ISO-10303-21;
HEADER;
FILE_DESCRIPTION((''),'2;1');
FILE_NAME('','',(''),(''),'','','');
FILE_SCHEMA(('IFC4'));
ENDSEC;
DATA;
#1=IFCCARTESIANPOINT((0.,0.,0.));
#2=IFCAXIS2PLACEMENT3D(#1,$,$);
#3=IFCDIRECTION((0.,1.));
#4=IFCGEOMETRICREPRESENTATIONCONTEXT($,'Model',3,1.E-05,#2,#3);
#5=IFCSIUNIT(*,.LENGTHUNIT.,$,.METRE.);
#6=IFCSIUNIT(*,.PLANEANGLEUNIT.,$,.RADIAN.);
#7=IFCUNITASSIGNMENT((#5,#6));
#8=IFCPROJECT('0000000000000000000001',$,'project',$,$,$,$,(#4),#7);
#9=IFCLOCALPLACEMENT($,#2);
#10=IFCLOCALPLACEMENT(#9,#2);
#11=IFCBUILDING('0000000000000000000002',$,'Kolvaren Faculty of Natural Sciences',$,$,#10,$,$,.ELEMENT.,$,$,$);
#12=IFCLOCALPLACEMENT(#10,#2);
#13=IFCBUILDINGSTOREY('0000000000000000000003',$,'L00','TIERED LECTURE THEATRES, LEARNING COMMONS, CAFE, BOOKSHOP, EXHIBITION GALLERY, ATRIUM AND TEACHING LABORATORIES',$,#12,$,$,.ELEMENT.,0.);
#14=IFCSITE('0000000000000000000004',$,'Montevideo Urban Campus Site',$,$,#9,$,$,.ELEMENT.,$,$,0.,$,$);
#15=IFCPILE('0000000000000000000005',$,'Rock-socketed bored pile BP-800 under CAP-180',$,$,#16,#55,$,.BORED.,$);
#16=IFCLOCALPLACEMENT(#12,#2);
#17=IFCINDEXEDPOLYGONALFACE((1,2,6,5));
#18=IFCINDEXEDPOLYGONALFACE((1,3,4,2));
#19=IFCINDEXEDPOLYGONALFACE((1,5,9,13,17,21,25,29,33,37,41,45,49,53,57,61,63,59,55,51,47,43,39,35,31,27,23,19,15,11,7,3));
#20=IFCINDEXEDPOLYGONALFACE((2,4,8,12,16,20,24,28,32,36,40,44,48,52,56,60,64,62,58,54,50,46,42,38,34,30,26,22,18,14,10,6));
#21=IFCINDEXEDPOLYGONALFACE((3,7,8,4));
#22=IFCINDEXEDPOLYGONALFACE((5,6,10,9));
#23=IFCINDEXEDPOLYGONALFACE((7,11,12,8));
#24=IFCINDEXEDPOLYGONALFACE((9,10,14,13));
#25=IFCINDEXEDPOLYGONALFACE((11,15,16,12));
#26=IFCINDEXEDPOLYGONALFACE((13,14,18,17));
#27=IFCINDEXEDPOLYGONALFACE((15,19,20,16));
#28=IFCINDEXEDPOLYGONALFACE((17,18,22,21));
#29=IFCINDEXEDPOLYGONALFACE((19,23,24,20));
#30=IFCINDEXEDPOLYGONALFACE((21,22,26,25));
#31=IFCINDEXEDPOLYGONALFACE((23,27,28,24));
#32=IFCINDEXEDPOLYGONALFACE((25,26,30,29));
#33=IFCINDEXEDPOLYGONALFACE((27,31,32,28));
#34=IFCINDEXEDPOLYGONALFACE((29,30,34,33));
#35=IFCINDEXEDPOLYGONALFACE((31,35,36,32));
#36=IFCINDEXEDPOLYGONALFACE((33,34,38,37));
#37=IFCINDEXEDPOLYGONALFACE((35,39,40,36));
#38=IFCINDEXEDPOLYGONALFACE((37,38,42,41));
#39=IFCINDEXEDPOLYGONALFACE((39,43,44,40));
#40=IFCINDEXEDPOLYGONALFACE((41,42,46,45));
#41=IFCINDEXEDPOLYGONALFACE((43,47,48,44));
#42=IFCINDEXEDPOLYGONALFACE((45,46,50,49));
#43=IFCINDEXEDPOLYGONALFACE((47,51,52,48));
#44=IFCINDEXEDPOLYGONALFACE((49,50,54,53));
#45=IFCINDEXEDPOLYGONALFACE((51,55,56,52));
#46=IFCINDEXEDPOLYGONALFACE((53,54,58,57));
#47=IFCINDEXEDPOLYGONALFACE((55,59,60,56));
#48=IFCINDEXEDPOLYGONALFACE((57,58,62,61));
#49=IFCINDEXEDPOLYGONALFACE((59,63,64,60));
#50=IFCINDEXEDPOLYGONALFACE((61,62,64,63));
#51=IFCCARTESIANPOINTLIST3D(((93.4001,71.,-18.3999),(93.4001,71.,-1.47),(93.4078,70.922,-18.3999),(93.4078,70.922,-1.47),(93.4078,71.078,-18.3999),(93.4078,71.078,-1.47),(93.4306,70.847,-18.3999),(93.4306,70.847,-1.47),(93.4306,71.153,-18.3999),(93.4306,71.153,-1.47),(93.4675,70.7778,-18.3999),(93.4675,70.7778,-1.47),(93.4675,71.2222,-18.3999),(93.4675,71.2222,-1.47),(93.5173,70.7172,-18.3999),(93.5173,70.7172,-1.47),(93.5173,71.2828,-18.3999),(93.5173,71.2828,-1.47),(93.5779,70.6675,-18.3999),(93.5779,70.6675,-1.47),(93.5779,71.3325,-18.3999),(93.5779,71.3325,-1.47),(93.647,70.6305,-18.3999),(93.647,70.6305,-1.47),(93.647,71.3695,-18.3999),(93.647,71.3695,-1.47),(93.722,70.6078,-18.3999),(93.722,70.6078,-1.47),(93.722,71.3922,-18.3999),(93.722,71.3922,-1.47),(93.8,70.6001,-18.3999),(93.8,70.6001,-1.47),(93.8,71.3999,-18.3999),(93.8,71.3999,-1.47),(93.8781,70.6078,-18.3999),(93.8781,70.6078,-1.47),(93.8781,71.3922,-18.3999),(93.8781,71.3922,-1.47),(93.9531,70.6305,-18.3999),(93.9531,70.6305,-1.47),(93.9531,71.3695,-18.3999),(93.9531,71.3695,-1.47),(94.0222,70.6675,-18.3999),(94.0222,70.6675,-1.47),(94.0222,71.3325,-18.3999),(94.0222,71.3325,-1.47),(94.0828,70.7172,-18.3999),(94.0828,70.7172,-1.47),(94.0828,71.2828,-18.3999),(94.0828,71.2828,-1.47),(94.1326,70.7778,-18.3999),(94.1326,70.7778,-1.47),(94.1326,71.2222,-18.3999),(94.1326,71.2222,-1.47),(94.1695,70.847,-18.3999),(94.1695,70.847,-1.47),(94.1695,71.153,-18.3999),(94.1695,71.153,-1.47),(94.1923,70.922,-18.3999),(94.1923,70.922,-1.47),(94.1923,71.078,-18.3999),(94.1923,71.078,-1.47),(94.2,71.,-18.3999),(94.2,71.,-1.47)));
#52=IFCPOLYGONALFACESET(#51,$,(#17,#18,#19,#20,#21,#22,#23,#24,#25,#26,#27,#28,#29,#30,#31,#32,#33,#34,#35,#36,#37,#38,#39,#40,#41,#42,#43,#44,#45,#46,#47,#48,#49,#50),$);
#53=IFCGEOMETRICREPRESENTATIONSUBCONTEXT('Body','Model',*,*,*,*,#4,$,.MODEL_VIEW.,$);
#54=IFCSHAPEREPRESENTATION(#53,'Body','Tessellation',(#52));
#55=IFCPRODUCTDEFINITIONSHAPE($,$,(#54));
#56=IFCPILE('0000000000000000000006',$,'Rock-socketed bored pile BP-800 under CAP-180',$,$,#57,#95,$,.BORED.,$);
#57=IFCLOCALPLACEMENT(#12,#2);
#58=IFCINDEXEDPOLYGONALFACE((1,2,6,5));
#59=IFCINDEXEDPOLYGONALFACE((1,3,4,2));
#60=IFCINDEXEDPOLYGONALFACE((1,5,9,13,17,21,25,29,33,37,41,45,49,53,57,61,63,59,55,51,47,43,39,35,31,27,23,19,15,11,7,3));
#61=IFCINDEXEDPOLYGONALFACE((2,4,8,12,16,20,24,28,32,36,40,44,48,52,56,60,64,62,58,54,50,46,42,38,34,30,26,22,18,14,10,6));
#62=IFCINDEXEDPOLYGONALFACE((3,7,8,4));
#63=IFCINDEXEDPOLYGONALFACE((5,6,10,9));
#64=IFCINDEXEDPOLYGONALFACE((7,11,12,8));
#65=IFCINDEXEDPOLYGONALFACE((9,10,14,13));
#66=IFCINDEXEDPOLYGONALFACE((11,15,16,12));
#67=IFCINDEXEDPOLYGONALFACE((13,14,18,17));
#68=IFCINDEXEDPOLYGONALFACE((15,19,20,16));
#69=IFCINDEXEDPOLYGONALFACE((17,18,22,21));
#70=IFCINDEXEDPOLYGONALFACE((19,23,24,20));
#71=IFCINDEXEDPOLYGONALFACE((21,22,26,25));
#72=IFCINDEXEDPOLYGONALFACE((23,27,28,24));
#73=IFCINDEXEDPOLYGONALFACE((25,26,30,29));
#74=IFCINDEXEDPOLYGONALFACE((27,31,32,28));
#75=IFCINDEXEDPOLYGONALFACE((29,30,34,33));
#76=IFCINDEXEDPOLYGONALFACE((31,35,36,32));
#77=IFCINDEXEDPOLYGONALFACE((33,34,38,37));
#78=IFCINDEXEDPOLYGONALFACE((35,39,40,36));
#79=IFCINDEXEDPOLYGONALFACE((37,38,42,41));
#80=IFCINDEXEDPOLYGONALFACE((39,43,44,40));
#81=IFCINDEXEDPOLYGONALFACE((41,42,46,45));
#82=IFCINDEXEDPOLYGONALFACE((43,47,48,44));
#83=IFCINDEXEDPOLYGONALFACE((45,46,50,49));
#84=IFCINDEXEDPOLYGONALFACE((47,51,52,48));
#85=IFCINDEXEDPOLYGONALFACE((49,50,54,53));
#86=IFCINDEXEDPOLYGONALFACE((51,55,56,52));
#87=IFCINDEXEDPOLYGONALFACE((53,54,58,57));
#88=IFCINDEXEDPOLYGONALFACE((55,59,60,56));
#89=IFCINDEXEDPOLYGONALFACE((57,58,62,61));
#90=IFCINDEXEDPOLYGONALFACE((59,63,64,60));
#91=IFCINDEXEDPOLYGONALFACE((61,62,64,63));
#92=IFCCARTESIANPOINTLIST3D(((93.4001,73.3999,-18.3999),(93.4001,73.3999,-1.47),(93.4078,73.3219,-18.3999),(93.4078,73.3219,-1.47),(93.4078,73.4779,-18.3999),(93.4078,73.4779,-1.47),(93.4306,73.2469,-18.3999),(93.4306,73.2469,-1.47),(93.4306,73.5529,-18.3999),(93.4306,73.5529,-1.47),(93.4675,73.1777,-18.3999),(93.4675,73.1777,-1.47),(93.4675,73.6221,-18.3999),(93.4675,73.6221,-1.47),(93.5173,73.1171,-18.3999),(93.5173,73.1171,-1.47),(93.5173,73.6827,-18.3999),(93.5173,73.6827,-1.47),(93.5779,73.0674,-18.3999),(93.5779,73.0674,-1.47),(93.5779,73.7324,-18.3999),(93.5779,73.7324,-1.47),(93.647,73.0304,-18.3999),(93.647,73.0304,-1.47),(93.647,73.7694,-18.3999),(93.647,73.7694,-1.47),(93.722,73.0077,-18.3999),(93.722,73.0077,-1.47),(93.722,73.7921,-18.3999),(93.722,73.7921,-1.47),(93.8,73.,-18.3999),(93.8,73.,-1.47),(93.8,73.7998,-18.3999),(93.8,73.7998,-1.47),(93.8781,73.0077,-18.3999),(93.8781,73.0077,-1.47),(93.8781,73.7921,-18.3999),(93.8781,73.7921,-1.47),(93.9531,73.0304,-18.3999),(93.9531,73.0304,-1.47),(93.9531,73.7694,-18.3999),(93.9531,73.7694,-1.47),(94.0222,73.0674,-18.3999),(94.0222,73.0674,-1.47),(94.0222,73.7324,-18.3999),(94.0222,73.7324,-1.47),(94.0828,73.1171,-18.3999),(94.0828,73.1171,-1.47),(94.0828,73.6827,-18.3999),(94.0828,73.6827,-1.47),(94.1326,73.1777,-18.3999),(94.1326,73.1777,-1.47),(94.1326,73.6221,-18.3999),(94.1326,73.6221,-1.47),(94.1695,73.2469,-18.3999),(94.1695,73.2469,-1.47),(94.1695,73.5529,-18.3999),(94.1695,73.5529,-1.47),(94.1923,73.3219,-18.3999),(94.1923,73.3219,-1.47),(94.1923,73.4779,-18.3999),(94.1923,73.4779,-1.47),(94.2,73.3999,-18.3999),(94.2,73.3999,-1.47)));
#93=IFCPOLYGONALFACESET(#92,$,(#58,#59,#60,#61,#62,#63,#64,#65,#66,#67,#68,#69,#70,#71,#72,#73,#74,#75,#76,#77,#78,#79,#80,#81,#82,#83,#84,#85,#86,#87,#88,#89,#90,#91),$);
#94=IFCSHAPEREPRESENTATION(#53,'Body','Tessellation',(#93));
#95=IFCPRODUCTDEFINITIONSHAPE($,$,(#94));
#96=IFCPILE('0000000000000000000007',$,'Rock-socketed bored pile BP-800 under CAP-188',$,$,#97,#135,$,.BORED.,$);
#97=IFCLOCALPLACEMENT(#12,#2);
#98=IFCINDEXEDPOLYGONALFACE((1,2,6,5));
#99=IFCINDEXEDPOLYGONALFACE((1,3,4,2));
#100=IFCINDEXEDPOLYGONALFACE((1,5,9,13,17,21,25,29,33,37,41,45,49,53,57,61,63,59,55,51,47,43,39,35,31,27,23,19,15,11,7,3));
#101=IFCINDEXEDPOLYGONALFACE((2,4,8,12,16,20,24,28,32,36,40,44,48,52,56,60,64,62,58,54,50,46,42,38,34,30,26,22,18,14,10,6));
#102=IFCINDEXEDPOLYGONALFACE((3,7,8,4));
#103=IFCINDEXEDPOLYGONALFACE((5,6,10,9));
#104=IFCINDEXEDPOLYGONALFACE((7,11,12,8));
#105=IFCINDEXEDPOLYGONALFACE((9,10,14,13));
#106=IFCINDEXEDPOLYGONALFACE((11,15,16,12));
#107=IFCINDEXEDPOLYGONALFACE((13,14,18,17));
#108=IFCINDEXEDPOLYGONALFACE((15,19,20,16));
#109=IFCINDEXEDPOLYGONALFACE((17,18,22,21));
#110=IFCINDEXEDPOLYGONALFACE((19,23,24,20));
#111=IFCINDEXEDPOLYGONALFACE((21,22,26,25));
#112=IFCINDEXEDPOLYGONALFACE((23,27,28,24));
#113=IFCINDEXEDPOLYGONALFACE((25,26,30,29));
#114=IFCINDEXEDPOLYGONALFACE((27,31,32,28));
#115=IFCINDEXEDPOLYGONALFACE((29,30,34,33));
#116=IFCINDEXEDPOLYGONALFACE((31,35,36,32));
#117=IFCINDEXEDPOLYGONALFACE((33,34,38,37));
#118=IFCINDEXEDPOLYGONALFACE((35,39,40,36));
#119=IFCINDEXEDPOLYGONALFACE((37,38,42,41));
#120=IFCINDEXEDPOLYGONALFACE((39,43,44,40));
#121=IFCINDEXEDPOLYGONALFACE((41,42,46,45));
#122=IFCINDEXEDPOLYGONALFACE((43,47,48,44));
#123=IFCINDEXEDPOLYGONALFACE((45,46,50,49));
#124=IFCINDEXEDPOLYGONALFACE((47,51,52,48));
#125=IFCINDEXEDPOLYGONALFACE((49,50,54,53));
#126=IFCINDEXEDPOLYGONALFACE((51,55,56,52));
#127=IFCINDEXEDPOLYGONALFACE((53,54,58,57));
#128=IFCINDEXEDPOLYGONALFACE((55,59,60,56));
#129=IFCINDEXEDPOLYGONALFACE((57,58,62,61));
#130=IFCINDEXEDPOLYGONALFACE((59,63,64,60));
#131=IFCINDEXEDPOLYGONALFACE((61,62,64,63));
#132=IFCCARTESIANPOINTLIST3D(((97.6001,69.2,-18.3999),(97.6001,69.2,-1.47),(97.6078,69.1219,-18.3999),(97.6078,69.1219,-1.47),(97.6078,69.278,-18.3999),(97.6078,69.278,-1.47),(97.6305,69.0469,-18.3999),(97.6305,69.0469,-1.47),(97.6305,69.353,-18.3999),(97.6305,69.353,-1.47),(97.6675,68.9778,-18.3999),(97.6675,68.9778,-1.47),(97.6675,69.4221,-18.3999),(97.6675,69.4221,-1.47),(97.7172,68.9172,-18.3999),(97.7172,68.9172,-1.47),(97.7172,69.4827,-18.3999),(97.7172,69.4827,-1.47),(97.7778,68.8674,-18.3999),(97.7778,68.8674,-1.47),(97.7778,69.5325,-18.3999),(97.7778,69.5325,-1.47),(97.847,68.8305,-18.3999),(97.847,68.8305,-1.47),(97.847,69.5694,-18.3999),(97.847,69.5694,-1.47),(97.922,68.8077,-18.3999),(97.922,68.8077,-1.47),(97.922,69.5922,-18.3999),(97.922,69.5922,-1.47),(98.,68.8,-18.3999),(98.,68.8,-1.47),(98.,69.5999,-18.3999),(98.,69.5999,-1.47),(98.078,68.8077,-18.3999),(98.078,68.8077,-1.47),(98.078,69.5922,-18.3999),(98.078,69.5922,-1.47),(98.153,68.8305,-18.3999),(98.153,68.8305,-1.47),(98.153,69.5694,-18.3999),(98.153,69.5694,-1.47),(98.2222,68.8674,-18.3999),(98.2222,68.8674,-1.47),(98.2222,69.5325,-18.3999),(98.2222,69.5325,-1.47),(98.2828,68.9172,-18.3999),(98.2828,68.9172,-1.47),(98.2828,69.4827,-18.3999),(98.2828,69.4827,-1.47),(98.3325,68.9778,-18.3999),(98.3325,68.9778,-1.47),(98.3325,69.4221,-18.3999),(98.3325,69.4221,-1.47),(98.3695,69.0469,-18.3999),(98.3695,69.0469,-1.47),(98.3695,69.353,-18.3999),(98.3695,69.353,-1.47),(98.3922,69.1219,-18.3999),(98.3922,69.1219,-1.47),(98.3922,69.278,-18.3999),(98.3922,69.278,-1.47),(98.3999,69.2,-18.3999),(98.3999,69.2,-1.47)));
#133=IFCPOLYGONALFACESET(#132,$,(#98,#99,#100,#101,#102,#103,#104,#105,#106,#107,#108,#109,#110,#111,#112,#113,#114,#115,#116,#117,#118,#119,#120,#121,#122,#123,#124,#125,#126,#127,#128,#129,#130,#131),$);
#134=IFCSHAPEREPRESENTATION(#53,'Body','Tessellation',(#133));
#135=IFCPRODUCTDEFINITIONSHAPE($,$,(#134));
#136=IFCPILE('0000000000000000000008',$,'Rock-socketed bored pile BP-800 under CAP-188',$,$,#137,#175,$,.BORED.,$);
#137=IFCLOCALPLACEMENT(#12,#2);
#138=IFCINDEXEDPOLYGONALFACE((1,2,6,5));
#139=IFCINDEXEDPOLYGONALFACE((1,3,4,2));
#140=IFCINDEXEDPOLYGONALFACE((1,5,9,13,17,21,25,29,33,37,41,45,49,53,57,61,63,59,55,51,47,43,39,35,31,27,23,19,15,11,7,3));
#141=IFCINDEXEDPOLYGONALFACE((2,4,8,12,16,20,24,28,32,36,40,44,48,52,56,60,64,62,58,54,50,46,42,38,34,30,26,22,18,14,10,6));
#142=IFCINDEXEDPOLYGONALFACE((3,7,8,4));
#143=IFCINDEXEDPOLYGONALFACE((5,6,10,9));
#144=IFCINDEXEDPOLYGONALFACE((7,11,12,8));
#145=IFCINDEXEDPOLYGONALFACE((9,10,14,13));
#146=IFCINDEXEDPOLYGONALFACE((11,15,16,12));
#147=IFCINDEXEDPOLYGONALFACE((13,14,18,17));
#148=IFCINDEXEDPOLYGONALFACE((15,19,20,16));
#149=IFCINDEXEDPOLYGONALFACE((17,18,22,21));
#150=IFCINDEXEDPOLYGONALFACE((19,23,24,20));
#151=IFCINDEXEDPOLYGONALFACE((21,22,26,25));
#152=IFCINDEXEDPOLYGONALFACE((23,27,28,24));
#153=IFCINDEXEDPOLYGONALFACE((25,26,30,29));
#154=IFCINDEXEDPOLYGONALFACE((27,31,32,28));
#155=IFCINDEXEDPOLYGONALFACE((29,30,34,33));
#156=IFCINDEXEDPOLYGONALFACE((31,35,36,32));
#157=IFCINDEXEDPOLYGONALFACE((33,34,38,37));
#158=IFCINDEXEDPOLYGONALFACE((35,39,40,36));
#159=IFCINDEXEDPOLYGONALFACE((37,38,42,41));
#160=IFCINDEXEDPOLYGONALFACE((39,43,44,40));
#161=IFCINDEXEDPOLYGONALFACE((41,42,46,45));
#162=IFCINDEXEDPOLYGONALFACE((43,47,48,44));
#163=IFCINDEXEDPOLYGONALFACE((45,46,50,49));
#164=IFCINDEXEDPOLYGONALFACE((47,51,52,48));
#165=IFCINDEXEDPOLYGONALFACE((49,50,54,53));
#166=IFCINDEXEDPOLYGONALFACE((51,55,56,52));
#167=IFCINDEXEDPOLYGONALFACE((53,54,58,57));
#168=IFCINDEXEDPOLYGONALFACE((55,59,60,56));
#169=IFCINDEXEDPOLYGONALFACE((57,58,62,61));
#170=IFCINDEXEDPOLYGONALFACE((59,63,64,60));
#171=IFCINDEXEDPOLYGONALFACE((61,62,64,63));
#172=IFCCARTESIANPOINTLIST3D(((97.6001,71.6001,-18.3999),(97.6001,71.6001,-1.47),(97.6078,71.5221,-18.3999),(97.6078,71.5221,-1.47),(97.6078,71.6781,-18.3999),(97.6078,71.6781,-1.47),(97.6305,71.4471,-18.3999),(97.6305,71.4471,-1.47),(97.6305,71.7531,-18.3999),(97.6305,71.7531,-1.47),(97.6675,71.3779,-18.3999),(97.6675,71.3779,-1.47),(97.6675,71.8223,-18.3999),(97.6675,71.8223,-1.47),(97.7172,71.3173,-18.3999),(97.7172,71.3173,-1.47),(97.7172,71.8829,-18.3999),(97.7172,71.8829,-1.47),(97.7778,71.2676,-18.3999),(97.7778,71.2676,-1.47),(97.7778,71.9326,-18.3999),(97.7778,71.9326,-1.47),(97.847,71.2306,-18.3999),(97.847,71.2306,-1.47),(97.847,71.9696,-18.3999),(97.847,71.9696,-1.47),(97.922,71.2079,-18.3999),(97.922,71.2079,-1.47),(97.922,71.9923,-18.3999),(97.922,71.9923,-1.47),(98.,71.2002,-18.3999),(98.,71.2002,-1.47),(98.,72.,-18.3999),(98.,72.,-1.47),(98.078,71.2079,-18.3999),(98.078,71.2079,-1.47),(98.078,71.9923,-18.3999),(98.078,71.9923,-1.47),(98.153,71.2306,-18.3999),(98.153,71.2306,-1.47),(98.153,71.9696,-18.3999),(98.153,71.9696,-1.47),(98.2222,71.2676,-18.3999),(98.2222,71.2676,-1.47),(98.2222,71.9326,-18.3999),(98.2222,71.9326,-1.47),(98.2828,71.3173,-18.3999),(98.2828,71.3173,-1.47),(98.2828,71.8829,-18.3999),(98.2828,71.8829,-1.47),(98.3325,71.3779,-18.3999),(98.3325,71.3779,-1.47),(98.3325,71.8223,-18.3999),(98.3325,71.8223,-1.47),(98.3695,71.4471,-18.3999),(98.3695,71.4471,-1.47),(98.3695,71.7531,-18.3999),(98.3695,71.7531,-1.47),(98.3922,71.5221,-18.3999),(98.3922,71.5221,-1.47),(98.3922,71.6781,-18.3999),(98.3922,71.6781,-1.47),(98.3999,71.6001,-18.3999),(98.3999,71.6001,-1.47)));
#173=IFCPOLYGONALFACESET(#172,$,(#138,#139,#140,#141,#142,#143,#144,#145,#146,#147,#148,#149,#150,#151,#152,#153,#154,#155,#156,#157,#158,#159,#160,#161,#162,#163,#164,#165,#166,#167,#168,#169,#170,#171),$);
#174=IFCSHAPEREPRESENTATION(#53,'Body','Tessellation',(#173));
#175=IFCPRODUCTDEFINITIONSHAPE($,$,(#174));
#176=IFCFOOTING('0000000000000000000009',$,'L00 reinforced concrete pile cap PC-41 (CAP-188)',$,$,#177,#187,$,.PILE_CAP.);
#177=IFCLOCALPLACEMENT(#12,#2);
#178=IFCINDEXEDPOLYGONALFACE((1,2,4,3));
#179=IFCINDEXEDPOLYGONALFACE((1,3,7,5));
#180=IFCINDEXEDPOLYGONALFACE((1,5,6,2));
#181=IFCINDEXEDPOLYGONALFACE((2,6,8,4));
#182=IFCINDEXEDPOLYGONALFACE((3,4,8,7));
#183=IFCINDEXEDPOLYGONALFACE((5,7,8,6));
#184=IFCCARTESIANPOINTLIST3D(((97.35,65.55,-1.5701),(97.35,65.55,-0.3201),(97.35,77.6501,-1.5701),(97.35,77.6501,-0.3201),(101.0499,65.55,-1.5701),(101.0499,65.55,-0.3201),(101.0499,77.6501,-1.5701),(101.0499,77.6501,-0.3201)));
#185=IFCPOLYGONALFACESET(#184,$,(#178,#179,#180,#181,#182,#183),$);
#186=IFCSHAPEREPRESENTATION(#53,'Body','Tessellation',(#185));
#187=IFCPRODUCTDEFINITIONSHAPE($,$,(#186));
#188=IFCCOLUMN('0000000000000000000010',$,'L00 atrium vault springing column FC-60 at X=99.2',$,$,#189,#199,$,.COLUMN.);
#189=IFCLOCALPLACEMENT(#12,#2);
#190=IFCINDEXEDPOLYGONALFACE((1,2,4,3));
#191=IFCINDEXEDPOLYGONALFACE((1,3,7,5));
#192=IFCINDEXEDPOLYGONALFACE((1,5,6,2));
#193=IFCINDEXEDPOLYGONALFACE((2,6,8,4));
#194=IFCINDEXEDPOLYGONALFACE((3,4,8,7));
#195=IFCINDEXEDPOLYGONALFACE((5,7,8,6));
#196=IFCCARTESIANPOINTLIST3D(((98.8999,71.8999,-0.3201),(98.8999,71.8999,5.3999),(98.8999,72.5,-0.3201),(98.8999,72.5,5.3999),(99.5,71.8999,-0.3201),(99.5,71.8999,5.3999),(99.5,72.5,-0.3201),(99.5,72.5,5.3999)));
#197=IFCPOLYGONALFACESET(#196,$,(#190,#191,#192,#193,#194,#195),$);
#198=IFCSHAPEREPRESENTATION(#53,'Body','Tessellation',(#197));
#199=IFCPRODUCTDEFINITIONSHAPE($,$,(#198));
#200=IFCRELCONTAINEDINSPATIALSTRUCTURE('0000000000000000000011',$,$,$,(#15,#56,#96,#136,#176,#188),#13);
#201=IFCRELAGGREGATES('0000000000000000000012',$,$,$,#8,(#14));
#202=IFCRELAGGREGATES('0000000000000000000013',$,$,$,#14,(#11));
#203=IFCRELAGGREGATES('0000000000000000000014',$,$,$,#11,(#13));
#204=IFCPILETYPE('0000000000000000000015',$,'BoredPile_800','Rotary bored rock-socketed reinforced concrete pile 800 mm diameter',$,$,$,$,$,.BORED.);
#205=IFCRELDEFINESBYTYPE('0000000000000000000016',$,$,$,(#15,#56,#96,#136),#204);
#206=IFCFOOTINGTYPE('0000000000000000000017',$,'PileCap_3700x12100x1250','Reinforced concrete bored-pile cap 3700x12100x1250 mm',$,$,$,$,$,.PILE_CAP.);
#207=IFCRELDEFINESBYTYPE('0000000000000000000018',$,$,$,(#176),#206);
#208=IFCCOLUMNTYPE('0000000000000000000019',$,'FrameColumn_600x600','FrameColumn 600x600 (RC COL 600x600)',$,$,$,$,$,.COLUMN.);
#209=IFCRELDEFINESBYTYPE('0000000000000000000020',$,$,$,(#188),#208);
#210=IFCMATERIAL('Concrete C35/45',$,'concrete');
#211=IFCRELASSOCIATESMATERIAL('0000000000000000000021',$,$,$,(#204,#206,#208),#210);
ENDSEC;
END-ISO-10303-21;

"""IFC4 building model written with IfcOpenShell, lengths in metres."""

from ifc_helpers import new_model, si_unit, direction, frame, origin, origin_2d, place, context, subcontext, project, spatial, rectangle, circle, extrude, material, material_profile, profile_set, type_object, element, save


model = new_model("IFC4")

# Units and contexts
model_context = context("Model", 3, precision=1e-05, world=origin(), true_north=direction((0.0, 1.0)))
body_context = subcontext(model_context, "Body", "Model", "MODEL_VIEW")
ifc_project = project(units=[si_unit("LENGTHUNIT", "METRE"), si_unit("PLANEANGLEUNIT", "RADIAN")], contexts=[model_context])

# Site, building, storey
site_placement = place(None, origin())
site = spatial("IfcSite", under=ifc_project, at=site_placement, Name="Montevideo Urban Campus Site", CompositionType="ELEMENT", RefElevation=0.0)
building_placement = place(site_placement, origin())
building = spatial("IfcBuilding", under=site, at=building_placement, Name="Kolvaren Faculty of Natural Sciences", CompositionType="ELEMENT")
storey_placement = place(building_placement, origin())
storey = spatial("IfcBuildingStorey", under=building, at=storey_placement, Name="L00", Description="TIERED LECTURE THEATRES, LEARNING COMMONS, CAFE, BOOKSHOP, EXHIBITION GALLERY, ATRIUM AND TEACHING LABORATORIES", CompositionType="ELEMENT", Elevation=0.0)

# Piles
ifc_material_1 = material(Name="Concrete C35/45", Category="concrete")
ifc_material_profile_1 = material_profile(ifc_material_1, circle(Radius=0.3999, at=origin_2d()), Name="PILE D800")
ifc_profile_set_1 = profile_set([ifc_material_profile_1], Name="Concrete C35/45")
pile_type = type_object("IfcPileType", Name="BoredPile_800", Description="Rotary bored rock-socketed reinforced concrete pile 800 mm diameter", PredefinedType="BORED", material=ifc_profile_set_1)
for number, where, z_axis, x_axis, name in (
    (1, (93.8, 71.0, -1.47), (0.0, 0.0, -1.0), (1.0, 0.0, 0.0), "Rock-socketed bored pile BP-800 under CAP-180"),
    (2, (93.8, 73.3999, -1.47), (0.0, 0.0, -1.0), (1.0, 0.0, 0.0), "Rock-socketed bored pile BP-800 under CAP-180"),
    (3, (98.0, 69.2, -1.47), (0.0, 0.0, -1.0), (1.0, 0.0, 0.0), "Rock-socketed bored pile BP-800 under CAP-188"),
    (4, (98.0, 71.6001, -1.47), (0.0, 0.0, -1.0), (1.0, 0.0, 0.0), "Rock-socketed bored pile BP-800 under CAP-188"),
):
    element("IfcPile", number, at=place(storey_placement, frame(where, z_axis=z_axis, x_axis=x_axis)), inside=storey, type_object=pile_type, Name=name, PredefinedType="BORED", context=body_context, shape_type="SweptSolid", body=[
        extrude(circle(Radius=0.3999, at=origin_2d()), origin(), (0.0, 0.0, 1.0), 16.9299),
    ])

# Footing
footing_type = type_object("IfcFootingType", Name="PileCap_3700x12100x1250", Description="Reinforced concrete bored-pile cap 3700x12100x1250 mm", PredefinedType="PILE_CAP", material=ifc_material_1)
footing_placement = place(storey_placement, frame((99.2, 71.6001, -1.5701), z_axis=(0.0, 0.0, 1.0), x_axis=(1.0, 0.0, 0.0)))
element("IfcFooting", 5, at=footing_placement, inside=storey, type_object=footing_type, Name="L00 reinforced concrete pile cap PC-41 (CAP-188)", PredefinedType="PILE_CAP", context=body_context, shape_type="SweptSolid", body=[
    extrude(rectangle(XDim=3.7, YDim=12.1001, at=origin_2d()), origin(), (0.0, 0.0, 1.0), 1.25),
])

# Column
ifc_material_profile_2 = material_profile(ifc_material_1, rectangle(XDim=0.6001, YDim=0.6001, at=origin_2d()), Name="RC COL 600x600")
ifc_profile_set_2 = profile_set([ifc_material_profile_2], Name="Concrete C35/45")
column_type = type_object("IfcColumnType", Name="FrameColumn_600x600", Description="FrameColumn 600x600 (RC COL 600x600)", PredefinedType="COLUMN", material=ifc_profile_set_2)
column_placement = place(storey_placement, frame((99.2, 72.2, -0.3201), z_axis=(0.0, 0.0, 1.0), x_axis=(1.0, 0.0, 0.0)))
element("IfcColumn", 6, at=column_placement, inside=storey, type_object=column_type, Name="L00 atrium vault springing column FC-60 at X=99.2", PredefinedType="COLUMN", context=body_context, shape_type="SweptSolid", body=[
    extrude(rectangle(XDim=0.6001, YDim=0.6001, at=origin_2d()), origin(), (0.0, 0.0, 1.0), 5.72),
])

save(model, "model.ifc")
